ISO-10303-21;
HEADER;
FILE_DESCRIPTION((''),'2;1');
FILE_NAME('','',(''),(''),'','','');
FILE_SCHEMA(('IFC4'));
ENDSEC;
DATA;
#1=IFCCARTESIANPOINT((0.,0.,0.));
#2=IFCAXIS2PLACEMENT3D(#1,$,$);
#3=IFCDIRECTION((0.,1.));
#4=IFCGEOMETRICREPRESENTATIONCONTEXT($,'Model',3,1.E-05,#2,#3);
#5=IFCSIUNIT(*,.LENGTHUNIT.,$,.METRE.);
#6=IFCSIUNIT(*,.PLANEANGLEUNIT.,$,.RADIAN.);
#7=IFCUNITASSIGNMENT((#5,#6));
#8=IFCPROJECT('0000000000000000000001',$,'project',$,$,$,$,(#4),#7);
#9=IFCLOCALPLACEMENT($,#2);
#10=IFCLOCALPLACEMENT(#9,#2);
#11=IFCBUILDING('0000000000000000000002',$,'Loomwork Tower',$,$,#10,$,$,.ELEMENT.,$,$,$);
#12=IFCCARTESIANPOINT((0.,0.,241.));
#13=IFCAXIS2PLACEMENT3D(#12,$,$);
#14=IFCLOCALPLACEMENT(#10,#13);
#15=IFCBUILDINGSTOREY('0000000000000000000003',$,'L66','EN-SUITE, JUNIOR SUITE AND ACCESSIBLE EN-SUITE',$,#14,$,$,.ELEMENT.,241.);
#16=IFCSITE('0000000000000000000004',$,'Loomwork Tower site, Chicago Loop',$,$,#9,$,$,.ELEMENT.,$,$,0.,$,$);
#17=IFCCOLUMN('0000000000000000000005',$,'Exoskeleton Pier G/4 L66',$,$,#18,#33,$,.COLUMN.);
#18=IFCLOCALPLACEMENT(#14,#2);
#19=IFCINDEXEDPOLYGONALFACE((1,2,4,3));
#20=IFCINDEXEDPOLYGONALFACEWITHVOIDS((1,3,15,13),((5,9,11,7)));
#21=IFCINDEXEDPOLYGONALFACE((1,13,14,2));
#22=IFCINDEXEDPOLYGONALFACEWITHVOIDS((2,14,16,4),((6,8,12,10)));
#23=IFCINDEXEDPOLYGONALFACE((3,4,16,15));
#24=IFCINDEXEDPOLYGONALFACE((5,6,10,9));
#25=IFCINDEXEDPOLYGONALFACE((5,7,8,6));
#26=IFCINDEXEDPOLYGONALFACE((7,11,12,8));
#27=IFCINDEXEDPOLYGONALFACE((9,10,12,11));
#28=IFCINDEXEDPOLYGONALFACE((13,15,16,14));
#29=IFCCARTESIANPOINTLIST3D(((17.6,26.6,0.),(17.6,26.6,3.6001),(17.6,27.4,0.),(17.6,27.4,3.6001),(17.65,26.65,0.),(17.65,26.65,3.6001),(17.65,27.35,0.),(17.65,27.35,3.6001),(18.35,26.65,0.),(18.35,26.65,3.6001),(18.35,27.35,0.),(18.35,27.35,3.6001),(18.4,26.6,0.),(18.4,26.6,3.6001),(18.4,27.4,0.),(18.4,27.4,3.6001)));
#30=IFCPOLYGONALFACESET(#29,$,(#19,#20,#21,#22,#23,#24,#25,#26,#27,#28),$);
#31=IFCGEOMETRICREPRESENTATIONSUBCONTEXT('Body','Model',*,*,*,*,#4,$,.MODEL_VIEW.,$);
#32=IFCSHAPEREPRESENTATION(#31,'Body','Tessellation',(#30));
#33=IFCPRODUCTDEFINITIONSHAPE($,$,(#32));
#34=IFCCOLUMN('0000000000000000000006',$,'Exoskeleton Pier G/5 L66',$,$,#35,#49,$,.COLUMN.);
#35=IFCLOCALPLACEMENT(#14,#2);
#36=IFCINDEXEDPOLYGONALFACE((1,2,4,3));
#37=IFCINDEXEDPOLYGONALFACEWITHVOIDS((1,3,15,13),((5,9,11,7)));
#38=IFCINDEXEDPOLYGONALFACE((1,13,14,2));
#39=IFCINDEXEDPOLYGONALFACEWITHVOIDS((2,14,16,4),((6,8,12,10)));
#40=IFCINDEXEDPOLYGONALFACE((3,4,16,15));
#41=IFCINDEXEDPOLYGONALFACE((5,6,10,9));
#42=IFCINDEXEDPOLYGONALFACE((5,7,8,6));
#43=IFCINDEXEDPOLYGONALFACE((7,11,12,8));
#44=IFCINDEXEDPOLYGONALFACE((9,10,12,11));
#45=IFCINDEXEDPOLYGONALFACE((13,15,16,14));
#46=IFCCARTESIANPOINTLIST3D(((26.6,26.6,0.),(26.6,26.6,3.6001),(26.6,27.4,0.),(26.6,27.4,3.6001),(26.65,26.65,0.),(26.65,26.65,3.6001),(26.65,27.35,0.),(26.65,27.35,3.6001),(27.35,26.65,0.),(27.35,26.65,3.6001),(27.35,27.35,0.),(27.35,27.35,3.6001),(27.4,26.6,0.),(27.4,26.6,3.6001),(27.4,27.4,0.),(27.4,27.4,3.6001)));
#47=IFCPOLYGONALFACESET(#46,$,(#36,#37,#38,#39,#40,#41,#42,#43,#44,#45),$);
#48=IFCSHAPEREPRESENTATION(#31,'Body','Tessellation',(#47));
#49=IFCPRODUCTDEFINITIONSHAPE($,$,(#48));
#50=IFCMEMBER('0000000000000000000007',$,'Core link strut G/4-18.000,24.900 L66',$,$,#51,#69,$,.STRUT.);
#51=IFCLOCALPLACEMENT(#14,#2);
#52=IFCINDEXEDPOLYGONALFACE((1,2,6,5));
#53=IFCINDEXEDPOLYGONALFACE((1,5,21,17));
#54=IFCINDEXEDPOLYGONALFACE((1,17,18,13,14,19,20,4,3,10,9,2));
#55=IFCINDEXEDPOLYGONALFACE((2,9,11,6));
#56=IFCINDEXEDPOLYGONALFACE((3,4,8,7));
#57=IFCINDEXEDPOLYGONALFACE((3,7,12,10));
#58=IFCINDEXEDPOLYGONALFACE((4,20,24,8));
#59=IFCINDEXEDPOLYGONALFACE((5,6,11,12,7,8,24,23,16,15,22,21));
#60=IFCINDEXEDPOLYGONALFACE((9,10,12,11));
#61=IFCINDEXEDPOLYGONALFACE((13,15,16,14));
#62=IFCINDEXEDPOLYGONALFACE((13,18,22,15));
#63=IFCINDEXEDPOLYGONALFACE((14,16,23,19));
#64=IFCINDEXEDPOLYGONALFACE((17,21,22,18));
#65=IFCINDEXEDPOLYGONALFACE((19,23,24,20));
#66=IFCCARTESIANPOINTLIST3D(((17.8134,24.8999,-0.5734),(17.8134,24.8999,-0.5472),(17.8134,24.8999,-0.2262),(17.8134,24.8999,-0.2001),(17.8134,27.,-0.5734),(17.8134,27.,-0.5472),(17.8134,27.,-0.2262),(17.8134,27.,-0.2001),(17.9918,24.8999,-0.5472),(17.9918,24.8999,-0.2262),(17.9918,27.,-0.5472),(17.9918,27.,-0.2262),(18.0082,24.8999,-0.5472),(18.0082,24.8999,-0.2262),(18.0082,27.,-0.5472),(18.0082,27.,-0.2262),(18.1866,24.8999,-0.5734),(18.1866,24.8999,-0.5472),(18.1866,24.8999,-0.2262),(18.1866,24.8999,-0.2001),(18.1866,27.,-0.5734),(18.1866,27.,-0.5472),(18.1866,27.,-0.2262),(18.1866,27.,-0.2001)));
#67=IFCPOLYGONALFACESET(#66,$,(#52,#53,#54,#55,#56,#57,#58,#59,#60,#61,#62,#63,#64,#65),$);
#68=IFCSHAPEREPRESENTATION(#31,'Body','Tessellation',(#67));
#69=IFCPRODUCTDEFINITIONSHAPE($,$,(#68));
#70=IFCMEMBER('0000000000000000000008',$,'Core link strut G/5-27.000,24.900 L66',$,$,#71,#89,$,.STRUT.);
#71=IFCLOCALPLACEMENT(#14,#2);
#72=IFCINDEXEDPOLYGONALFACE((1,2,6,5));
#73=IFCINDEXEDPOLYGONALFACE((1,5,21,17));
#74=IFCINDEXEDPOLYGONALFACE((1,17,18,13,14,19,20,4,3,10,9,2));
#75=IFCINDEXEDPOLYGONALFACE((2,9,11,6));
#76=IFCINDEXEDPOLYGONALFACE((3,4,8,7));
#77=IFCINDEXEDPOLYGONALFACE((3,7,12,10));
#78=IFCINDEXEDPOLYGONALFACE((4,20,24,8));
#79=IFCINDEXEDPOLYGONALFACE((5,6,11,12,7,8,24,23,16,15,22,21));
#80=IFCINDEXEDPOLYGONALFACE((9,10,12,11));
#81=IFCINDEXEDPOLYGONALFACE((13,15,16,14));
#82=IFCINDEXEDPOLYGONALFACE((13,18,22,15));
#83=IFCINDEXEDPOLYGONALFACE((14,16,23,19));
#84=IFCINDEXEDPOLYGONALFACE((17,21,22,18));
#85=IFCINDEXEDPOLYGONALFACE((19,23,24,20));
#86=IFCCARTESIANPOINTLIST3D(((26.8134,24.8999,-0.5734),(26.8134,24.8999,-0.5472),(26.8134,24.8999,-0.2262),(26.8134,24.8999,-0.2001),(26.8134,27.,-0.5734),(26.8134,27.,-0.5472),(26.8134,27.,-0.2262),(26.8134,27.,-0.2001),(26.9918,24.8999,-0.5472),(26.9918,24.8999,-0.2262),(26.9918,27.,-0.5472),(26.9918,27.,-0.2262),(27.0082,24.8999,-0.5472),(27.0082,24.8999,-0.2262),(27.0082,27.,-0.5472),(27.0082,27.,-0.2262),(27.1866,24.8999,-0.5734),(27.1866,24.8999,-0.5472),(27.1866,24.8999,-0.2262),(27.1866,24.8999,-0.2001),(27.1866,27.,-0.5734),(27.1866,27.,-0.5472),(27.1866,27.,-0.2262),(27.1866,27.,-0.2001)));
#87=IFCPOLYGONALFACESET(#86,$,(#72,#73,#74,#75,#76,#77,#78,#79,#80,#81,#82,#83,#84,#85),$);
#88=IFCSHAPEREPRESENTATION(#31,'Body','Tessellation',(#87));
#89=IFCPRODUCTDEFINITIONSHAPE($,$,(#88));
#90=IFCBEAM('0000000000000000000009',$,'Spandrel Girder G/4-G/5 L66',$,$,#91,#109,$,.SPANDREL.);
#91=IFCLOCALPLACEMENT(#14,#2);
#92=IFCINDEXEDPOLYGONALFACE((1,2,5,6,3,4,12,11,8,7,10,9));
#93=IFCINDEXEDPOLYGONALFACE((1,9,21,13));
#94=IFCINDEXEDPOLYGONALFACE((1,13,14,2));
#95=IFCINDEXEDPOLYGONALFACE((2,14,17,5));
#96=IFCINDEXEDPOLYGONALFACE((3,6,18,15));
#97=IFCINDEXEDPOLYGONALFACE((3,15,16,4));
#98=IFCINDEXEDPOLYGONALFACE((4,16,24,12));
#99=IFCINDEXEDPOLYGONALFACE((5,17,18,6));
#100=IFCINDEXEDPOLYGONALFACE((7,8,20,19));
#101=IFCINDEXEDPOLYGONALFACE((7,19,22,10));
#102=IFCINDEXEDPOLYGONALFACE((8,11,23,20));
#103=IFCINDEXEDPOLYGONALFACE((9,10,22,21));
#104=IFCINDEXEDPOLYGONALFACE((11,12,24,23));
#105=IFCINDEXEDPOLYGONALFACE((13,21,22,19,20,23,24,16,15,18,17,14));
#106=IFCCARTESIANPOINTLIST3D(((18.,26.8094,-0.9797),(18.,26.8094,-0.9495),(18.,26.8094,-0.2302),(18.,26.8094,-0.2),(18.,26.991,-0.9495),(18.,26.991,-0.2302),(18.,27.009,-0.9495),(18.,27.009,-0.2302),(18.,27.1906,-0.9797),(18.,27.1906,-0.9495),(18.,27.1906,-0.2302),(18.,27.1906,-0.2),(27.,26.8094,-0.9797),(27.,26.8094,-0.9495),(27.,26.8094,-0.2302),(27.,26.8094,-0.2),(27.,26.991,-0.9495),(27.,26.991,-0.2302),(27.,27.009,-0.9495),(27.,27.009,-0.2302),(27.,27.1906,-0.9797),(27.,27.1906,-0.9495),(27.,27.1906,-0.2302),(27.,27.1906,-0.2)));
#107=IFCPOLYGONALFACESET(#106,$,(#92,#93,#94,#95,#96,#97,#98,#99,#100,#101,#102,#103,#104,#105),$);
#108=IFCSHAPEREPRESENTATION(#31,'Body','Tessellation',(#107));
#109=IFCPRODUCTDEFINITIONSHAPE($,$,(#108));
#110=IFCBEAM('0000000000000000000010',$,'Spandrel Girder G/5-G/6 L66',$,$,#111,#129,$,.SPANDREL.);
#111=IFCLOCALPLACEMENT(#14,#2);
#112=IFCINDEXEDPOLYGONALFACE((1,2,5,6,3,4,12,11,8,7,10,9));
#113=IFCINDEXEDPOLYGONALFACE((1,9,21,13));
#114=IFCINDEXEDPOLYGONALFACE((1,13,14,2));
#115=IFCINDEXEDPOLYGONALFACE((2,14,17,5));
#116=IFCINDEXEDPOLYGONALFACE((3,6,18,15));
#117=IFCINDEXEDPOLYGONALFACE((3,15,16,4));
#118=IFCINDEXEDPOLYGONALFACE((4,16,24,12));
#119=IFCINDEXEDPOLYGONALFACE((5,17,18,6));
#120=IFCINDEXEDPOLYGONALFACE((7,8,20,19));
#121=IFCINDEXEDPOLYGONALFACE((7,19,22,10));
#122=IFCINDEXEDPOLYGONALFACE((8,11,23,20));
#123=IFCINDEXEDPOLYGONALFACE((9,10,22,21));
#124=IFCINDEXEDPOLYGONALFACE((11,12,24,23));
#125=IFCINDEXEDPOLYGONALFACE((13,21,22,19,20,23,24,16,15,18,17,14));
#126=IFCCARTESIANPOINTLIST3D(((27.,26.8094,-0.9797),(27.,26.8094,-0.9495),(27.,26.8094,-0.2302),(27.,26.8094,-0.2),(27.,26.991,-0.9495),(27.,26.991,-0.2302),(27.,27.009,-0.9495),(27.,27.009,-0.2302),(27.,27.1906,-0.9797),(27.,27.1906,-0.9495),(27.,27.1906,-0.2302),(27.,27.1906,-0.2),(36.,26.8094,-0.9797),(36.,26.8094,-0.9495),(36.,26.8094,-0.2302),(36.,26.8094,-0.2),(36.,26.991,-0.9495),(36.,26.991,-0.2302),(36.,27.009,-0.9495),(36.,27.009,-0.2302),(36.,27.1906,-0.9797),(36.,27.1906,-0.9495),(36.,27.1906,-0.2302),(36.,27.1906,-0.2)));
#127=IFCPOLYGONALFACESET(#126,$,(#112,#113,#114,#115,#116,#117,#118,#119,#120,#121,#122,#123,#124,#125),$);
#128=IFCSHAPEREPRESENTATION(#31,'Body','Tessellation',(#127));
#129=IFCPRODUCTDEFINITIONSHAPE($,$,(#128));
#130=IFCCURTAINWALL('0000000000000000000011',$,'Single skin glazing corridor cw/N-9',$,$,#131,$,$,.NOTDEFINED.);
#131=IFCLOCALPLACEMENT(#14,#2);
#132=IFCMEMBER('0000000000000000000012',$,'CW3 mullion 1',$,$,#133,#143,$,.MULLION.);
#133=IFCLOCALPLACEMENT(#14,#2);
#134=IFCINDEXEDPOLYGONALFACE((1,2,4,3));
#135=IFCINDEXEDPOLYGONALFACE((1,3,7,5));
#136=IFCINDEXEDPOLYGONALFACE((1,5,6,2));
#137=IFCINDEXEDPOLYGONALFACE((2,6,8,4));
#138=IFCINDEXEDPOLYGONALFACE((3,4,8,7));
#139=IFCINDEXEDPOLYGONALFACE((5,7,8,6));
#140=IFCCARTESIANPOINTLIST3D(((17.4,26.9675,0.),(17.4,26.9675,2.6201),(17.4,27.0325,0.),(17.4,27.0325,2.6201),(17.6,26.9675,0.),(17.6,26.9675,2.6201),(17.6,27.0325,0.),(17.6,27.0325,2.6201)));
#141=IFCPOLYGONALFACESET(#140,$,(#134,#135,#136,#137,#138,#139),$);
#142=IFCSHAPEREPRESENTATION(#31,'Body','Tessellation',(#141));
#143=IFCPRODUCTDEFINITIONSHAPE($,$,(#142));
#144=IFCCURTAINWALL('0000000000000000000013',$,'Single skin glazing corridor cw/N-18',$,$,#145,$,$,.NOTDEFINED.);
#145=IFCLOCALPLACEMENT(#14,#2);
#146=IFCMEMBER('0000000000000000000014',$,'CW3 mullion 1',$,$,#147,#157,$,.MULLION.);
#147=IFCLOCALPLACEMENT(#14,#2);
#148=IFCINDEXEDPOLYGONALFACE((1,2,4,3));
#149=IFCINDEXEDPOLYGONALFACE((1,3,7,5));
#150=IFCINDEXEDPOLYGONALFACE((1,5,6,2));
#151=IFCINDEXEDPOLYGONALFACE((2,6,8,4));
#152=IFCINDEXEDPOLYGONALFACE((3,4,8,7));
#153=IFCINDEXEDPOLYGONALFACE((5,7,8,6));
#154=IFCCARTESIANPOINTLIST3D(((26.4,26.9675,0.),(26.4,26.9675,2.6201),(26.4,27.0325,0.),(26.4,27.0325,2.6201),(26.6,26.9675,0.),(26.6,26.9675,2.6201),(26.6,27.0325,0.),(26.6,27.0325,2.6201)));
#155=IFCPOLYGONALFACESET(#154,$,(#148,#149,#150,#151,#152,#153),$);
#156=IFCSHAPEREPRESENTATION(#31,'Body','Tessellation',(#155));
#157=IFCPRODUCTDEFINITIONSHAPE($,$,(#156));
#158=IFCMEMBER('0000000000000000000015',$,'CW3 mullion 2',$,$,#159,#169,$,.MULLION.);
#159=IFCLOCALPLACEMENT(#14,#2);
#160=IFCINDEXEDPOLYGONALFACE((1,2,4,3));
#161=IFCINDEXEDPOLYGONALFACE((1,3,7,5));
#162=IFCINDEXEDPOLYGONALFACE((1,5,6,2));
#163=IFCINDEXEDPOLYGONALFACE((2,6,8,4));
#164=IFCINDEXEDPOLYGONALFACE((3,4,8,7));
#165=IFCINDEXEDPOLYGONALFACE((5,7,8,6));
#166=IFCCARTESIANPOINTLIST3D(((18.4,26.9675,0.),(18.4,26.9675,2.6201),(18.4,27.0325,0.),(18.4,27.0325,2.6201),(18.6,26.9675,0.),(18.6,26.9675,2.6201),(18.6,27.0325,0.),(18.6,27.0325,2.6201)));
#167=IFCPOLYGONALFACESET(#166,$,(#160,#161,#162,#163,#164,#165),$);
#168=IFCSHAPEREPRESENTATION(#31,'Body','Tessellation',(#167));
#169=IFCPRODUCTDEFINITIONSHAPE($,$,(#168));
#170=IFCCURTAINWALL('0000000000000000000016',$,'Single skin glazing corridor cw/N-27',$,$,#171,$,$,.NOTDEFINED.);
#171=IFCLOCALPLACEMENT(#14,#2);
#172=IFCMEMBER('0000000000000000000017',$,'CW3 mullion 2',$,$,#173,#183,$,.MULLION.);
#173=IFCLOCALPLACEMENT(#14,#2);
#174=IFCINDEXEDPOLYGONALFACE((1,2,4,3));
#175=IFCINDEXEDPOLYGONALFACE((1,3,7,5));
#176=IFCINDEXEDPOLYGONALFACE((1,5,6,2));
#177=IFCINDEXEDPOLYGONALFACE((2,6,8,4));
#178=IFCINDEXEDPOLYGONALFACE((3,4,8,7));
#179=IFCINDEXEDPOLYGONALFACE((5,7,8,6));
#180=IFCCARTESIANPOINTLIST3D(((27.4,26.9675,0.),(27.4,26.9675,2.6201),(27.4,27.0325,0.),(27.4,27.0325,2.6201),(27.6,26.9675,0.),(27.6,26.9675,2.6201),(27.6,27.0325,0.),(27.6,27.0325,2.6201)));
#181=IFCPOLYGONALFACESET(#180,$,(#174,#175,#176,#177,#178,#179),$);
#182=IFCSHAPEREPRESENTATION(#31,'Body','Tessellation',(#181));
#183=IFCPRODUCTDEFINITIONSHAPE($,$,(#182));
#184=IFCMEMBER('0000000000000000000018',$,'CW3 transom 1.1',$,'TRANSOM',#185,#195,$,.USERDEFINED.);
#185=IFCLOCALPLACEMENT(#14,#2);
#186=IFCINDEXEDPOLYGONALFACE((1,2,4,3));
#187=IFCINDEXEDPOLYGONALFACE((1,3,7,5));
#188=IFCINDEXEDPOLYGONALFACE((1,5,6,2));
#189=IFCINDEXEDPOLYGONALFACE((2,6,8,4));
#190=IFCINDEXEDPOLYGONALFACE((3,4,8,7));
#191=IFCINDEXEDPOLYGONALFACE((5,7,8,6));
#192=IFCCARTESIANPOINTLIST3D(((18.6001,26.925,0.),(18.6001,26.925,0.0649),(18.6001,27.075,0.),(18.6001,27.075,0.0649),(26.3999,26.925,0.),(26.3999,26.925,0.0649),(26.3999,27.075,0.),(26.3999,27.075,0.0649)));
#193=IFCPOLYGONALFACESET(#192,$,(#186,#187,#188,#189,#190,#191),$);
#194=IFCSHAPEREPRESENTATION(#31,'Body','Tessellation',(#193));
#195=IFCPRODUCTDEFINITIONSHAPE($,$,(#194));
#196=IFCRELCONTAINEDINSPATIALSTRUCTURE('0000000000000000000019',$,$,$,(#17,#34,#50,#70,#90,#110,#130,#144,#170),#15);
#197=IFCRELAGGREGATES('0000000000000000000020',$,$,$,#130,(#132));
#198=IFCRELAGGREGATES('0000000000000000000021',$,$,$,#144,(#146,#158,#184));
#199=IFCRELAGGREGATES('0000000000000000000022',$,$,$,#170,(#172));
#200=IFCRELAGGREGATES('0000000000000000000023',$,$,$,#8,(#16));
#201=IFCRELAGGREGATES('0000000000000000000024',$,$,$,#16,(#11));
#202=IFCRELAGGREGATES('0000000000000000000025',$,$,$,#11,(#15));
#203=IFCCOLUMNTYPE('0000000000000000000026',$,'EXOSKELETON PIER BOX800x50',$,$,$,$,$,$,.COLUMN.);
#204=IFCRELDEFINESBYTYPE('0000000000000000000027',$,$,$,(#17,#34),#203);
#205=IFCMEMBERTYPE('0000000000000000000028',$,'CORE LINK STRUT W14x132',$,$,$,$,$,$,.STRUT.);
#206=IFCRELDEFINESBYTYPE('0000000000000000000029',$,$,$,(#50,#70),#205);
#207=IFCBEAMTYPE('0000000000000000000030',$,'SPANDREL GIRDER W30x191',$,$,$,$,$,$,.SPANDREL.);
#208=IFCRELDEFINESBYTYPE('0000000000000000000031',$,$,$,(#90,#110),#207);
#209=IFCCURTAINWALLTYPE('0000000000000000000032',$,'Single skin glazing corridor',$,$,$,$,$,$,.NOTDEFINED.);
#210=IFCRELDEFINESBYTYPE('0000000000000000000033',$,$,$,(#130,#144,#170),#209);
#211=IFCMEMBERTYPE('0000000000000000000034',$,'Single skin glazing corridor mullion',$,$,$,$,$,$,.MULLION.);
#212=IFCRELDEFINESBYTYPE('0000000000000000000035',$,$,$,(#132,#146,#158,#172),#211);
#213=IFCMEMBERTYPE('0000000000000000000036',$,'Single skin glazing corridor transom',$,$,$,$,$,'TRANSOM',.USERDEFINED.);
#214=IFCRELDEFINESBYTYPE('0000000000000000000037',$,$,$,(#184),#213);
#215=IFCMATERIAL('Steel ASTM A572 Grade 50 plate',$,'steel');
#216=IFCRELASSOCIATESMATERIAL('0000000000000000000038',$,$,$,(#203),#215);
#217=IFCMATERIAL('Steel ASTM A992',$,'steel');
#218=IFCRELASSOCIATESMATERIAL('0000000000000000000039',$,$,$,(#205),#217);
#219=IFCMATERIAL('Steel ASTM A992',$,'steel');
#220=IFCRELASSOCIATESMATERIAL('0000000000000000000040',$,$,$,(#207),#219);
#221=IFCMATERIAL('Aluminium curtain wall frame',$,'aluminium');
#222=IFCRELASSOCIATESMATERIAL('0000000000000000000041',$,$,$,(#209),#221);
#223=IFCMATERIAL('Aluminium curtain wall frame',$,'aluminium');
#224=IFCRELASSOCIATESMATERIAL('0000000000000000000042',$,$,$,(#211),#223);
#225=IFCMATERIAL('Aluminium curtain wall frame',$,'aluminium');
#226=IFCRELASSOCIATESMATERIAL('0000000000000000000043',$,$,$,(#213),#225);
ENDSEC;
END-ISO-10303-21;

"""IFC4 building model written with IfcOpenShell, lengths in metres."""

from ifc_helpers import new_model, si_unit, direction, frame, origin, origin_2d, place, context, subcontext, project, spatial, rectangle, hollow_rectangle, i_section, extrude, material, material_profile, profile_set, type_object, element, aggregate, save


model = new_model("IFC4")

# Units and contexts
model_context = context("Model", 3, precision=1e-05, world=origin(), true_north=direction((0.0, 1.0)))
body_context = subcontext(model_context, "Body", "Model", "MODEL_VIEW")
ifc_project = project(units=[si_unit("LENGTHUNIT", "METRE"), si_unit("PLANEANGLEUNIT", "RADIAN")], contexts=[model_context])

# Site, building, storey
site_placement = place(None, origin())
site = spatial("IfcSite", under=ifc_project, at=site_placement, Name="Loomwork Tower site, Chicago Loop", CompositionType="ELEMENT", RefElevation=0.0)
building_placement = place(site_placement, origin())
building = spatial("IfcBuilding", under=site, at=building_placement, Name="Loomwork Tower", CompositionType="ELEMENT")
storey_placement = place(building_placement, frame((0.0, 0.0, 241.0)))
storey = spatial("IfcBuildingStorey", under=building, at=storey_placement, Name="L66", Description="EN-SUITE, JUNIOR SUITE AND ACCESSIBLE EN-SUITE", CompositionType="ELEMENT", Elevation=241.0)

# Columns
ifc_material_1 = material(Name="Steel ASTM A572 Grade 50 plate", Category="steel")
ifc_material_profile_1 = material_profile(ifc_material_1, hollow_rectangle(XDim=0.8, YDim=0.8, WallThickness=0.05, at=origin_2d()), Name="BOX800x50")
ifc_profile_set_1 = profile_set([ifc_material_profile_1], Name="Steel ASTM A572 Grade 50 plate")
column_type = type_object("IfcColumnType", Name="EXOSKELETON PIER BOX800x50", PredefinedType="COLUMN", material=ifc_profile_set_1)
for number, where, z_axis, x_axis, name in (
    (1, (18.0, 27.0, 0.0), (0.0, 0.0, 1.0), (1.0, 0.0, 0.0), "Exoskeleton Pier G/4 L66"),
    (2, (27.0, 27.0, 0.0), (0.0, 0.0, 1.0), (1.0, 0.0, 0.0), "Exoskeleton Pier G/5 L66"),
):
    element("IfcColumn", number, at=place(storey_placement, frame(where, z_axis=z_axis, x_axis=x_axis)), inside=storey, type_object=column_type, Name=name, PredefinedType="COLUMN", context=body_context, shape_type="SweptSolid", body=[
        extrude(hollow_rectangle(XDim=0.8, YDim=0.8, WallThickness=0.05, at=origin_2d()), origin(), (0.0, 0.0, 1.0), 3.6001),
    ])

# Members
ifc_material_2 = material(Name="Steel ASTM A992", Category="steel")
ifc_material_profile_2 = material_profile(ifc_material_2, i_section(OverallWidth=0.3733, OverallDepth=0.3733, WebThickness=0.0164, FlangeThickness=0.0261, at=origin_2d()), Name="W14x132")
ifc_profile_set_2 = profile_set([ifc_material_profile_2], Name="Steel ASTM A992")
member_type_1 = type_object("IfcMemberType", Name="CORE LINK STRUT W14x132", PredefinedType="STRUT", material=ifc_profile_set_2)
for number, where, z_axis, x_axis, name in (
    (3, (18.0, 27.0, -0.3867), (0.0, -1.0, 0.0), (1.0, 0.0, 0.0), "Core link strut G/4-18.000,24.900 L66"),
    (4, (27.0, 27.0, -0.3867), (0.0, -1.0, 0.0), (1.0, 0.0, 0.0), "Core link strut G/5-27.000,24.900 L66"),
):
    element("IfcMember", number, at=place(storey_placement, frame(where, z_axis=z_axis, x_axis=x_axis)), inside=storey, type_object=member_type_1, Name=name, PredefinedType="STRUT", context=body_context, shape_type="SweptSolid", body=[
        extrude(i_section(OverallWidth=0.3733, OverallDepth=0.3733, WebThickness=0.0164, FlangeThickness=0.0261, at=origin_2d()), origin(), (0.0, 0.0, 1.0), 2.1001),
    ])

# Beams
ifc_material_3 = material(Name="Steel ASTM A992", Category="steel")
ifc_material_profile_3 = material_profile(ifc_material_3, i_section(OverallWidth=0.3811, OverallDepth=0.7798, WebThickness=0.0181, FlangeThickness=0.0303, at=origin_2d()), Name="W30x191")
ifc_profile_set_3 = profile_set([ifc_material_profile_3], Name="Steel ASTM A992")
beam_type = type_object("IfcBeamType", Name="SPANDREL GIRDER W30x191", PredefinedType="SPANDREL", material=ifc_profile_set_3)
for number, where, z_axis, x_axis, name in (
    (5, (18.0, 27.0, -0.5898), (1.0, 0.0, 0.0), (0.0, 1.0, 0.0), "Spandrel Girder G/4-G/5 L66"),
    (6, (27.0, 27.0, -0.5898), (1.0, 0.0, 0.0), (0.0, 1.0, 0.0), "Spandrel Girder G/5-G/6 L66"),
):
    element("IfcBeam", number, at=place(storey_placement, frame(where, z_axis=z_axis, x_axis=x_axis)), inside=storey, type_object=beam_type, Name=name, PredefinedType="SPANDREL", context=body_context, shape_type="SweptSolid", body=[
        extrude(i_section(OverallWidth=0.3811, OverallDepth=0.7798, WebThickness=0.0181, FlangeThickness=0.0303, at=origin_2d()), origin(), (0.0, 0.0, 1.0), 9.0),
    ])

# Curtain wall, member
ifc_material_4 = material(Name="Aluminium curtain wall frame", Category="aluminium")
curtain_wall_type = type_object("IfcCurtainWallType", Name="Single skin glazing corridor", PredefinedType="NOTDEFINED", material=ifc_material_4)
curtain_wall_1_placement = place(storey_placement, origin())
curtain_wall_1 = element("IfcCurtainWall", 7, at=curtain_wall_1_placement, inside=storey, type_object=curtain_wall_type, Name="Single skin glazing corridor cw/N-9", PredefinedType="NOTDEFINED")
ifc_material_5 = material(Name="Aluminium curtain wall frame", Category="aluminium")
ifc_material_profile_4 = material_profile(ifc_material_5, rectangle(XDim=0.0649, YDim=0.2, at=origin_2d()), Name="AL 65x200")
ifc_profile_set_4 = profile_set([ifc_material_profile_4], Name="Aluminium curtain wall frame")
member_type_2 = type_object("IfcMemberType", Name="Single skin glazing corridor mullion", PredefinedType="MULLION", material=ifc_profile_set_4)
member_1_placement = place(storey_placement, frame((17.5, 27.0, 0.0), z_axis=(0.0, 0.0, 1.0), x_axis=(0.0, -1.0, 0.0)))
member_1 = element("IfcMember", 8, at=member_1_placement, type_object=member_type_2, Name="CW3 mullion 1", PredefinedType="MULLION", context=body_context, shape_type="SweptSolid", body=[
    extrude(rectangle(XDim=0.0649, YDim=0.2, at=origin_2d()), origin(), (0.0, 0.0, 1.0), 2.6201),
])
aggregate(curtain_wall_1, [member_1])

# Curtain wall, members
curtain_wall_2_placement = place(storey_placement, origin())
curtain_wall_2 = element("IfcCurtainWall", 9, at=curtain_wall_2_placement, inside=storey, type_object=curtain_wall_type, Name="Single skin glazing corridor cw/N-18", PredefinedType="NOTDEFINED")
member_2_placement = place(storey_placement, frame((26.5, 27.0, 0.0), z_axis=(0.0, 0.0, 1.0), x_axis=(0.0, -1.0, 0.0)))
member_2 = element("IfcMember", 10, at=member_2_placement, type_object=member_type_2, Name="CW3 mullion 1", PredefinedType="MULLION", context=body_context, shape_type="SweptSolid", body=[
    extrude(rectangle(XDim=0.0649, YDim=0.2, at=origin_2d()), origin(), (0.0, 0.0, 1.0), 2.6201),
])
member_3_placement = place(storey_placement, frame((18.5, 27.0, 0.0), z_axis=(0.0, 0.0, 1.0), x_axis=(0.0, -1.0, 0.0)))
member_3 = element("IfcMember", 11, at=member_3_placement, type_object=member_type_2, Name="CW3 mullion 2", PredefinedType="MULLION", context=body_context, shape_type="SweptSolid", body=[
    extrude(rectangle(XDim=0.0649, YDim=0.2, at=origin_2d()), origin(), (0.0, 0.0, 1.0), 2.6201),
])

# Curtain wall, member
curtain_wall_3_placement = place(storey_placement, origin())
curtain_wall_3 = element("IfcCurtainWall", 12, at=curtain_wall_3_placement, inside=storey, type_object=curtain_wall_type, Name="Single skin glazing corridor cw/N-27", PredefinedType="NOTDEFINED")
member_4_placement = place(storey_placement, frame((27.5, 27.0, 0.0), z_axis=(0.0, 0.0, 1.0), x_axis=(0.0, -1.0, 0.0)))
member_4 = element("IfcMember", 13, at=member_4_placement, type_object=member_type_2, Name="CW3 mullion 2", PredefinedType="MULLION", context=body_context, shape_type="SweptSolid", body=[
    extrude(rectangle(XDim=0.0649, YDim=0.2, at=origin_2d()), origin(), (0.0, 0.0, 1.0), 2.6201),
])

# Member
ifc_material_6 = material(Name="Aluminium curtain wall frame", Category="aluminium")
ifc_material_profile_5 = material_profile(ifc_material_6, rectangle(XDim=0.1499, YDim=0.0649, at=origin_2d()), Name="AL 65x150")
ifc_profile_set_5 = profile_set([ifc_material_profile_5], Name="Aluminium curtain wall frame")
member_type_3 = type_object("IfcMemberType", Name="Single skin glazing corridor transom", ElementType="TRANSOM", PredefinedType="USERDEFINED", material=ifc_profile_set_5)
member_5_placement = place(storey_placement, frame((26.3999, 27.0, 0.0325), z_axis=(-1.0, 0.0, 0.0), x_axis=(0.0, -1.0, 0.0)))
member_5 = element("IfcMember", 14, at=member_5_placement, type_object=member_type_3, Name="CW3 transom 1.1", ObjectType="TRANSOM", PredefinedType="USERDEFINED", context=body_context, shape_type="SweptSolid", body=[
    extrude(rectangle(XDim=0.1499, YDim=0.0649, at=origin_2d()), origin(), (0.0, 0.0, 1.0), 7.7998),
])

aggregate(curtain_wall_2, [member_2, member_3, member_5])
aggregate(curtain_wall_3, [member_4])

save(model, "model.ifc")
